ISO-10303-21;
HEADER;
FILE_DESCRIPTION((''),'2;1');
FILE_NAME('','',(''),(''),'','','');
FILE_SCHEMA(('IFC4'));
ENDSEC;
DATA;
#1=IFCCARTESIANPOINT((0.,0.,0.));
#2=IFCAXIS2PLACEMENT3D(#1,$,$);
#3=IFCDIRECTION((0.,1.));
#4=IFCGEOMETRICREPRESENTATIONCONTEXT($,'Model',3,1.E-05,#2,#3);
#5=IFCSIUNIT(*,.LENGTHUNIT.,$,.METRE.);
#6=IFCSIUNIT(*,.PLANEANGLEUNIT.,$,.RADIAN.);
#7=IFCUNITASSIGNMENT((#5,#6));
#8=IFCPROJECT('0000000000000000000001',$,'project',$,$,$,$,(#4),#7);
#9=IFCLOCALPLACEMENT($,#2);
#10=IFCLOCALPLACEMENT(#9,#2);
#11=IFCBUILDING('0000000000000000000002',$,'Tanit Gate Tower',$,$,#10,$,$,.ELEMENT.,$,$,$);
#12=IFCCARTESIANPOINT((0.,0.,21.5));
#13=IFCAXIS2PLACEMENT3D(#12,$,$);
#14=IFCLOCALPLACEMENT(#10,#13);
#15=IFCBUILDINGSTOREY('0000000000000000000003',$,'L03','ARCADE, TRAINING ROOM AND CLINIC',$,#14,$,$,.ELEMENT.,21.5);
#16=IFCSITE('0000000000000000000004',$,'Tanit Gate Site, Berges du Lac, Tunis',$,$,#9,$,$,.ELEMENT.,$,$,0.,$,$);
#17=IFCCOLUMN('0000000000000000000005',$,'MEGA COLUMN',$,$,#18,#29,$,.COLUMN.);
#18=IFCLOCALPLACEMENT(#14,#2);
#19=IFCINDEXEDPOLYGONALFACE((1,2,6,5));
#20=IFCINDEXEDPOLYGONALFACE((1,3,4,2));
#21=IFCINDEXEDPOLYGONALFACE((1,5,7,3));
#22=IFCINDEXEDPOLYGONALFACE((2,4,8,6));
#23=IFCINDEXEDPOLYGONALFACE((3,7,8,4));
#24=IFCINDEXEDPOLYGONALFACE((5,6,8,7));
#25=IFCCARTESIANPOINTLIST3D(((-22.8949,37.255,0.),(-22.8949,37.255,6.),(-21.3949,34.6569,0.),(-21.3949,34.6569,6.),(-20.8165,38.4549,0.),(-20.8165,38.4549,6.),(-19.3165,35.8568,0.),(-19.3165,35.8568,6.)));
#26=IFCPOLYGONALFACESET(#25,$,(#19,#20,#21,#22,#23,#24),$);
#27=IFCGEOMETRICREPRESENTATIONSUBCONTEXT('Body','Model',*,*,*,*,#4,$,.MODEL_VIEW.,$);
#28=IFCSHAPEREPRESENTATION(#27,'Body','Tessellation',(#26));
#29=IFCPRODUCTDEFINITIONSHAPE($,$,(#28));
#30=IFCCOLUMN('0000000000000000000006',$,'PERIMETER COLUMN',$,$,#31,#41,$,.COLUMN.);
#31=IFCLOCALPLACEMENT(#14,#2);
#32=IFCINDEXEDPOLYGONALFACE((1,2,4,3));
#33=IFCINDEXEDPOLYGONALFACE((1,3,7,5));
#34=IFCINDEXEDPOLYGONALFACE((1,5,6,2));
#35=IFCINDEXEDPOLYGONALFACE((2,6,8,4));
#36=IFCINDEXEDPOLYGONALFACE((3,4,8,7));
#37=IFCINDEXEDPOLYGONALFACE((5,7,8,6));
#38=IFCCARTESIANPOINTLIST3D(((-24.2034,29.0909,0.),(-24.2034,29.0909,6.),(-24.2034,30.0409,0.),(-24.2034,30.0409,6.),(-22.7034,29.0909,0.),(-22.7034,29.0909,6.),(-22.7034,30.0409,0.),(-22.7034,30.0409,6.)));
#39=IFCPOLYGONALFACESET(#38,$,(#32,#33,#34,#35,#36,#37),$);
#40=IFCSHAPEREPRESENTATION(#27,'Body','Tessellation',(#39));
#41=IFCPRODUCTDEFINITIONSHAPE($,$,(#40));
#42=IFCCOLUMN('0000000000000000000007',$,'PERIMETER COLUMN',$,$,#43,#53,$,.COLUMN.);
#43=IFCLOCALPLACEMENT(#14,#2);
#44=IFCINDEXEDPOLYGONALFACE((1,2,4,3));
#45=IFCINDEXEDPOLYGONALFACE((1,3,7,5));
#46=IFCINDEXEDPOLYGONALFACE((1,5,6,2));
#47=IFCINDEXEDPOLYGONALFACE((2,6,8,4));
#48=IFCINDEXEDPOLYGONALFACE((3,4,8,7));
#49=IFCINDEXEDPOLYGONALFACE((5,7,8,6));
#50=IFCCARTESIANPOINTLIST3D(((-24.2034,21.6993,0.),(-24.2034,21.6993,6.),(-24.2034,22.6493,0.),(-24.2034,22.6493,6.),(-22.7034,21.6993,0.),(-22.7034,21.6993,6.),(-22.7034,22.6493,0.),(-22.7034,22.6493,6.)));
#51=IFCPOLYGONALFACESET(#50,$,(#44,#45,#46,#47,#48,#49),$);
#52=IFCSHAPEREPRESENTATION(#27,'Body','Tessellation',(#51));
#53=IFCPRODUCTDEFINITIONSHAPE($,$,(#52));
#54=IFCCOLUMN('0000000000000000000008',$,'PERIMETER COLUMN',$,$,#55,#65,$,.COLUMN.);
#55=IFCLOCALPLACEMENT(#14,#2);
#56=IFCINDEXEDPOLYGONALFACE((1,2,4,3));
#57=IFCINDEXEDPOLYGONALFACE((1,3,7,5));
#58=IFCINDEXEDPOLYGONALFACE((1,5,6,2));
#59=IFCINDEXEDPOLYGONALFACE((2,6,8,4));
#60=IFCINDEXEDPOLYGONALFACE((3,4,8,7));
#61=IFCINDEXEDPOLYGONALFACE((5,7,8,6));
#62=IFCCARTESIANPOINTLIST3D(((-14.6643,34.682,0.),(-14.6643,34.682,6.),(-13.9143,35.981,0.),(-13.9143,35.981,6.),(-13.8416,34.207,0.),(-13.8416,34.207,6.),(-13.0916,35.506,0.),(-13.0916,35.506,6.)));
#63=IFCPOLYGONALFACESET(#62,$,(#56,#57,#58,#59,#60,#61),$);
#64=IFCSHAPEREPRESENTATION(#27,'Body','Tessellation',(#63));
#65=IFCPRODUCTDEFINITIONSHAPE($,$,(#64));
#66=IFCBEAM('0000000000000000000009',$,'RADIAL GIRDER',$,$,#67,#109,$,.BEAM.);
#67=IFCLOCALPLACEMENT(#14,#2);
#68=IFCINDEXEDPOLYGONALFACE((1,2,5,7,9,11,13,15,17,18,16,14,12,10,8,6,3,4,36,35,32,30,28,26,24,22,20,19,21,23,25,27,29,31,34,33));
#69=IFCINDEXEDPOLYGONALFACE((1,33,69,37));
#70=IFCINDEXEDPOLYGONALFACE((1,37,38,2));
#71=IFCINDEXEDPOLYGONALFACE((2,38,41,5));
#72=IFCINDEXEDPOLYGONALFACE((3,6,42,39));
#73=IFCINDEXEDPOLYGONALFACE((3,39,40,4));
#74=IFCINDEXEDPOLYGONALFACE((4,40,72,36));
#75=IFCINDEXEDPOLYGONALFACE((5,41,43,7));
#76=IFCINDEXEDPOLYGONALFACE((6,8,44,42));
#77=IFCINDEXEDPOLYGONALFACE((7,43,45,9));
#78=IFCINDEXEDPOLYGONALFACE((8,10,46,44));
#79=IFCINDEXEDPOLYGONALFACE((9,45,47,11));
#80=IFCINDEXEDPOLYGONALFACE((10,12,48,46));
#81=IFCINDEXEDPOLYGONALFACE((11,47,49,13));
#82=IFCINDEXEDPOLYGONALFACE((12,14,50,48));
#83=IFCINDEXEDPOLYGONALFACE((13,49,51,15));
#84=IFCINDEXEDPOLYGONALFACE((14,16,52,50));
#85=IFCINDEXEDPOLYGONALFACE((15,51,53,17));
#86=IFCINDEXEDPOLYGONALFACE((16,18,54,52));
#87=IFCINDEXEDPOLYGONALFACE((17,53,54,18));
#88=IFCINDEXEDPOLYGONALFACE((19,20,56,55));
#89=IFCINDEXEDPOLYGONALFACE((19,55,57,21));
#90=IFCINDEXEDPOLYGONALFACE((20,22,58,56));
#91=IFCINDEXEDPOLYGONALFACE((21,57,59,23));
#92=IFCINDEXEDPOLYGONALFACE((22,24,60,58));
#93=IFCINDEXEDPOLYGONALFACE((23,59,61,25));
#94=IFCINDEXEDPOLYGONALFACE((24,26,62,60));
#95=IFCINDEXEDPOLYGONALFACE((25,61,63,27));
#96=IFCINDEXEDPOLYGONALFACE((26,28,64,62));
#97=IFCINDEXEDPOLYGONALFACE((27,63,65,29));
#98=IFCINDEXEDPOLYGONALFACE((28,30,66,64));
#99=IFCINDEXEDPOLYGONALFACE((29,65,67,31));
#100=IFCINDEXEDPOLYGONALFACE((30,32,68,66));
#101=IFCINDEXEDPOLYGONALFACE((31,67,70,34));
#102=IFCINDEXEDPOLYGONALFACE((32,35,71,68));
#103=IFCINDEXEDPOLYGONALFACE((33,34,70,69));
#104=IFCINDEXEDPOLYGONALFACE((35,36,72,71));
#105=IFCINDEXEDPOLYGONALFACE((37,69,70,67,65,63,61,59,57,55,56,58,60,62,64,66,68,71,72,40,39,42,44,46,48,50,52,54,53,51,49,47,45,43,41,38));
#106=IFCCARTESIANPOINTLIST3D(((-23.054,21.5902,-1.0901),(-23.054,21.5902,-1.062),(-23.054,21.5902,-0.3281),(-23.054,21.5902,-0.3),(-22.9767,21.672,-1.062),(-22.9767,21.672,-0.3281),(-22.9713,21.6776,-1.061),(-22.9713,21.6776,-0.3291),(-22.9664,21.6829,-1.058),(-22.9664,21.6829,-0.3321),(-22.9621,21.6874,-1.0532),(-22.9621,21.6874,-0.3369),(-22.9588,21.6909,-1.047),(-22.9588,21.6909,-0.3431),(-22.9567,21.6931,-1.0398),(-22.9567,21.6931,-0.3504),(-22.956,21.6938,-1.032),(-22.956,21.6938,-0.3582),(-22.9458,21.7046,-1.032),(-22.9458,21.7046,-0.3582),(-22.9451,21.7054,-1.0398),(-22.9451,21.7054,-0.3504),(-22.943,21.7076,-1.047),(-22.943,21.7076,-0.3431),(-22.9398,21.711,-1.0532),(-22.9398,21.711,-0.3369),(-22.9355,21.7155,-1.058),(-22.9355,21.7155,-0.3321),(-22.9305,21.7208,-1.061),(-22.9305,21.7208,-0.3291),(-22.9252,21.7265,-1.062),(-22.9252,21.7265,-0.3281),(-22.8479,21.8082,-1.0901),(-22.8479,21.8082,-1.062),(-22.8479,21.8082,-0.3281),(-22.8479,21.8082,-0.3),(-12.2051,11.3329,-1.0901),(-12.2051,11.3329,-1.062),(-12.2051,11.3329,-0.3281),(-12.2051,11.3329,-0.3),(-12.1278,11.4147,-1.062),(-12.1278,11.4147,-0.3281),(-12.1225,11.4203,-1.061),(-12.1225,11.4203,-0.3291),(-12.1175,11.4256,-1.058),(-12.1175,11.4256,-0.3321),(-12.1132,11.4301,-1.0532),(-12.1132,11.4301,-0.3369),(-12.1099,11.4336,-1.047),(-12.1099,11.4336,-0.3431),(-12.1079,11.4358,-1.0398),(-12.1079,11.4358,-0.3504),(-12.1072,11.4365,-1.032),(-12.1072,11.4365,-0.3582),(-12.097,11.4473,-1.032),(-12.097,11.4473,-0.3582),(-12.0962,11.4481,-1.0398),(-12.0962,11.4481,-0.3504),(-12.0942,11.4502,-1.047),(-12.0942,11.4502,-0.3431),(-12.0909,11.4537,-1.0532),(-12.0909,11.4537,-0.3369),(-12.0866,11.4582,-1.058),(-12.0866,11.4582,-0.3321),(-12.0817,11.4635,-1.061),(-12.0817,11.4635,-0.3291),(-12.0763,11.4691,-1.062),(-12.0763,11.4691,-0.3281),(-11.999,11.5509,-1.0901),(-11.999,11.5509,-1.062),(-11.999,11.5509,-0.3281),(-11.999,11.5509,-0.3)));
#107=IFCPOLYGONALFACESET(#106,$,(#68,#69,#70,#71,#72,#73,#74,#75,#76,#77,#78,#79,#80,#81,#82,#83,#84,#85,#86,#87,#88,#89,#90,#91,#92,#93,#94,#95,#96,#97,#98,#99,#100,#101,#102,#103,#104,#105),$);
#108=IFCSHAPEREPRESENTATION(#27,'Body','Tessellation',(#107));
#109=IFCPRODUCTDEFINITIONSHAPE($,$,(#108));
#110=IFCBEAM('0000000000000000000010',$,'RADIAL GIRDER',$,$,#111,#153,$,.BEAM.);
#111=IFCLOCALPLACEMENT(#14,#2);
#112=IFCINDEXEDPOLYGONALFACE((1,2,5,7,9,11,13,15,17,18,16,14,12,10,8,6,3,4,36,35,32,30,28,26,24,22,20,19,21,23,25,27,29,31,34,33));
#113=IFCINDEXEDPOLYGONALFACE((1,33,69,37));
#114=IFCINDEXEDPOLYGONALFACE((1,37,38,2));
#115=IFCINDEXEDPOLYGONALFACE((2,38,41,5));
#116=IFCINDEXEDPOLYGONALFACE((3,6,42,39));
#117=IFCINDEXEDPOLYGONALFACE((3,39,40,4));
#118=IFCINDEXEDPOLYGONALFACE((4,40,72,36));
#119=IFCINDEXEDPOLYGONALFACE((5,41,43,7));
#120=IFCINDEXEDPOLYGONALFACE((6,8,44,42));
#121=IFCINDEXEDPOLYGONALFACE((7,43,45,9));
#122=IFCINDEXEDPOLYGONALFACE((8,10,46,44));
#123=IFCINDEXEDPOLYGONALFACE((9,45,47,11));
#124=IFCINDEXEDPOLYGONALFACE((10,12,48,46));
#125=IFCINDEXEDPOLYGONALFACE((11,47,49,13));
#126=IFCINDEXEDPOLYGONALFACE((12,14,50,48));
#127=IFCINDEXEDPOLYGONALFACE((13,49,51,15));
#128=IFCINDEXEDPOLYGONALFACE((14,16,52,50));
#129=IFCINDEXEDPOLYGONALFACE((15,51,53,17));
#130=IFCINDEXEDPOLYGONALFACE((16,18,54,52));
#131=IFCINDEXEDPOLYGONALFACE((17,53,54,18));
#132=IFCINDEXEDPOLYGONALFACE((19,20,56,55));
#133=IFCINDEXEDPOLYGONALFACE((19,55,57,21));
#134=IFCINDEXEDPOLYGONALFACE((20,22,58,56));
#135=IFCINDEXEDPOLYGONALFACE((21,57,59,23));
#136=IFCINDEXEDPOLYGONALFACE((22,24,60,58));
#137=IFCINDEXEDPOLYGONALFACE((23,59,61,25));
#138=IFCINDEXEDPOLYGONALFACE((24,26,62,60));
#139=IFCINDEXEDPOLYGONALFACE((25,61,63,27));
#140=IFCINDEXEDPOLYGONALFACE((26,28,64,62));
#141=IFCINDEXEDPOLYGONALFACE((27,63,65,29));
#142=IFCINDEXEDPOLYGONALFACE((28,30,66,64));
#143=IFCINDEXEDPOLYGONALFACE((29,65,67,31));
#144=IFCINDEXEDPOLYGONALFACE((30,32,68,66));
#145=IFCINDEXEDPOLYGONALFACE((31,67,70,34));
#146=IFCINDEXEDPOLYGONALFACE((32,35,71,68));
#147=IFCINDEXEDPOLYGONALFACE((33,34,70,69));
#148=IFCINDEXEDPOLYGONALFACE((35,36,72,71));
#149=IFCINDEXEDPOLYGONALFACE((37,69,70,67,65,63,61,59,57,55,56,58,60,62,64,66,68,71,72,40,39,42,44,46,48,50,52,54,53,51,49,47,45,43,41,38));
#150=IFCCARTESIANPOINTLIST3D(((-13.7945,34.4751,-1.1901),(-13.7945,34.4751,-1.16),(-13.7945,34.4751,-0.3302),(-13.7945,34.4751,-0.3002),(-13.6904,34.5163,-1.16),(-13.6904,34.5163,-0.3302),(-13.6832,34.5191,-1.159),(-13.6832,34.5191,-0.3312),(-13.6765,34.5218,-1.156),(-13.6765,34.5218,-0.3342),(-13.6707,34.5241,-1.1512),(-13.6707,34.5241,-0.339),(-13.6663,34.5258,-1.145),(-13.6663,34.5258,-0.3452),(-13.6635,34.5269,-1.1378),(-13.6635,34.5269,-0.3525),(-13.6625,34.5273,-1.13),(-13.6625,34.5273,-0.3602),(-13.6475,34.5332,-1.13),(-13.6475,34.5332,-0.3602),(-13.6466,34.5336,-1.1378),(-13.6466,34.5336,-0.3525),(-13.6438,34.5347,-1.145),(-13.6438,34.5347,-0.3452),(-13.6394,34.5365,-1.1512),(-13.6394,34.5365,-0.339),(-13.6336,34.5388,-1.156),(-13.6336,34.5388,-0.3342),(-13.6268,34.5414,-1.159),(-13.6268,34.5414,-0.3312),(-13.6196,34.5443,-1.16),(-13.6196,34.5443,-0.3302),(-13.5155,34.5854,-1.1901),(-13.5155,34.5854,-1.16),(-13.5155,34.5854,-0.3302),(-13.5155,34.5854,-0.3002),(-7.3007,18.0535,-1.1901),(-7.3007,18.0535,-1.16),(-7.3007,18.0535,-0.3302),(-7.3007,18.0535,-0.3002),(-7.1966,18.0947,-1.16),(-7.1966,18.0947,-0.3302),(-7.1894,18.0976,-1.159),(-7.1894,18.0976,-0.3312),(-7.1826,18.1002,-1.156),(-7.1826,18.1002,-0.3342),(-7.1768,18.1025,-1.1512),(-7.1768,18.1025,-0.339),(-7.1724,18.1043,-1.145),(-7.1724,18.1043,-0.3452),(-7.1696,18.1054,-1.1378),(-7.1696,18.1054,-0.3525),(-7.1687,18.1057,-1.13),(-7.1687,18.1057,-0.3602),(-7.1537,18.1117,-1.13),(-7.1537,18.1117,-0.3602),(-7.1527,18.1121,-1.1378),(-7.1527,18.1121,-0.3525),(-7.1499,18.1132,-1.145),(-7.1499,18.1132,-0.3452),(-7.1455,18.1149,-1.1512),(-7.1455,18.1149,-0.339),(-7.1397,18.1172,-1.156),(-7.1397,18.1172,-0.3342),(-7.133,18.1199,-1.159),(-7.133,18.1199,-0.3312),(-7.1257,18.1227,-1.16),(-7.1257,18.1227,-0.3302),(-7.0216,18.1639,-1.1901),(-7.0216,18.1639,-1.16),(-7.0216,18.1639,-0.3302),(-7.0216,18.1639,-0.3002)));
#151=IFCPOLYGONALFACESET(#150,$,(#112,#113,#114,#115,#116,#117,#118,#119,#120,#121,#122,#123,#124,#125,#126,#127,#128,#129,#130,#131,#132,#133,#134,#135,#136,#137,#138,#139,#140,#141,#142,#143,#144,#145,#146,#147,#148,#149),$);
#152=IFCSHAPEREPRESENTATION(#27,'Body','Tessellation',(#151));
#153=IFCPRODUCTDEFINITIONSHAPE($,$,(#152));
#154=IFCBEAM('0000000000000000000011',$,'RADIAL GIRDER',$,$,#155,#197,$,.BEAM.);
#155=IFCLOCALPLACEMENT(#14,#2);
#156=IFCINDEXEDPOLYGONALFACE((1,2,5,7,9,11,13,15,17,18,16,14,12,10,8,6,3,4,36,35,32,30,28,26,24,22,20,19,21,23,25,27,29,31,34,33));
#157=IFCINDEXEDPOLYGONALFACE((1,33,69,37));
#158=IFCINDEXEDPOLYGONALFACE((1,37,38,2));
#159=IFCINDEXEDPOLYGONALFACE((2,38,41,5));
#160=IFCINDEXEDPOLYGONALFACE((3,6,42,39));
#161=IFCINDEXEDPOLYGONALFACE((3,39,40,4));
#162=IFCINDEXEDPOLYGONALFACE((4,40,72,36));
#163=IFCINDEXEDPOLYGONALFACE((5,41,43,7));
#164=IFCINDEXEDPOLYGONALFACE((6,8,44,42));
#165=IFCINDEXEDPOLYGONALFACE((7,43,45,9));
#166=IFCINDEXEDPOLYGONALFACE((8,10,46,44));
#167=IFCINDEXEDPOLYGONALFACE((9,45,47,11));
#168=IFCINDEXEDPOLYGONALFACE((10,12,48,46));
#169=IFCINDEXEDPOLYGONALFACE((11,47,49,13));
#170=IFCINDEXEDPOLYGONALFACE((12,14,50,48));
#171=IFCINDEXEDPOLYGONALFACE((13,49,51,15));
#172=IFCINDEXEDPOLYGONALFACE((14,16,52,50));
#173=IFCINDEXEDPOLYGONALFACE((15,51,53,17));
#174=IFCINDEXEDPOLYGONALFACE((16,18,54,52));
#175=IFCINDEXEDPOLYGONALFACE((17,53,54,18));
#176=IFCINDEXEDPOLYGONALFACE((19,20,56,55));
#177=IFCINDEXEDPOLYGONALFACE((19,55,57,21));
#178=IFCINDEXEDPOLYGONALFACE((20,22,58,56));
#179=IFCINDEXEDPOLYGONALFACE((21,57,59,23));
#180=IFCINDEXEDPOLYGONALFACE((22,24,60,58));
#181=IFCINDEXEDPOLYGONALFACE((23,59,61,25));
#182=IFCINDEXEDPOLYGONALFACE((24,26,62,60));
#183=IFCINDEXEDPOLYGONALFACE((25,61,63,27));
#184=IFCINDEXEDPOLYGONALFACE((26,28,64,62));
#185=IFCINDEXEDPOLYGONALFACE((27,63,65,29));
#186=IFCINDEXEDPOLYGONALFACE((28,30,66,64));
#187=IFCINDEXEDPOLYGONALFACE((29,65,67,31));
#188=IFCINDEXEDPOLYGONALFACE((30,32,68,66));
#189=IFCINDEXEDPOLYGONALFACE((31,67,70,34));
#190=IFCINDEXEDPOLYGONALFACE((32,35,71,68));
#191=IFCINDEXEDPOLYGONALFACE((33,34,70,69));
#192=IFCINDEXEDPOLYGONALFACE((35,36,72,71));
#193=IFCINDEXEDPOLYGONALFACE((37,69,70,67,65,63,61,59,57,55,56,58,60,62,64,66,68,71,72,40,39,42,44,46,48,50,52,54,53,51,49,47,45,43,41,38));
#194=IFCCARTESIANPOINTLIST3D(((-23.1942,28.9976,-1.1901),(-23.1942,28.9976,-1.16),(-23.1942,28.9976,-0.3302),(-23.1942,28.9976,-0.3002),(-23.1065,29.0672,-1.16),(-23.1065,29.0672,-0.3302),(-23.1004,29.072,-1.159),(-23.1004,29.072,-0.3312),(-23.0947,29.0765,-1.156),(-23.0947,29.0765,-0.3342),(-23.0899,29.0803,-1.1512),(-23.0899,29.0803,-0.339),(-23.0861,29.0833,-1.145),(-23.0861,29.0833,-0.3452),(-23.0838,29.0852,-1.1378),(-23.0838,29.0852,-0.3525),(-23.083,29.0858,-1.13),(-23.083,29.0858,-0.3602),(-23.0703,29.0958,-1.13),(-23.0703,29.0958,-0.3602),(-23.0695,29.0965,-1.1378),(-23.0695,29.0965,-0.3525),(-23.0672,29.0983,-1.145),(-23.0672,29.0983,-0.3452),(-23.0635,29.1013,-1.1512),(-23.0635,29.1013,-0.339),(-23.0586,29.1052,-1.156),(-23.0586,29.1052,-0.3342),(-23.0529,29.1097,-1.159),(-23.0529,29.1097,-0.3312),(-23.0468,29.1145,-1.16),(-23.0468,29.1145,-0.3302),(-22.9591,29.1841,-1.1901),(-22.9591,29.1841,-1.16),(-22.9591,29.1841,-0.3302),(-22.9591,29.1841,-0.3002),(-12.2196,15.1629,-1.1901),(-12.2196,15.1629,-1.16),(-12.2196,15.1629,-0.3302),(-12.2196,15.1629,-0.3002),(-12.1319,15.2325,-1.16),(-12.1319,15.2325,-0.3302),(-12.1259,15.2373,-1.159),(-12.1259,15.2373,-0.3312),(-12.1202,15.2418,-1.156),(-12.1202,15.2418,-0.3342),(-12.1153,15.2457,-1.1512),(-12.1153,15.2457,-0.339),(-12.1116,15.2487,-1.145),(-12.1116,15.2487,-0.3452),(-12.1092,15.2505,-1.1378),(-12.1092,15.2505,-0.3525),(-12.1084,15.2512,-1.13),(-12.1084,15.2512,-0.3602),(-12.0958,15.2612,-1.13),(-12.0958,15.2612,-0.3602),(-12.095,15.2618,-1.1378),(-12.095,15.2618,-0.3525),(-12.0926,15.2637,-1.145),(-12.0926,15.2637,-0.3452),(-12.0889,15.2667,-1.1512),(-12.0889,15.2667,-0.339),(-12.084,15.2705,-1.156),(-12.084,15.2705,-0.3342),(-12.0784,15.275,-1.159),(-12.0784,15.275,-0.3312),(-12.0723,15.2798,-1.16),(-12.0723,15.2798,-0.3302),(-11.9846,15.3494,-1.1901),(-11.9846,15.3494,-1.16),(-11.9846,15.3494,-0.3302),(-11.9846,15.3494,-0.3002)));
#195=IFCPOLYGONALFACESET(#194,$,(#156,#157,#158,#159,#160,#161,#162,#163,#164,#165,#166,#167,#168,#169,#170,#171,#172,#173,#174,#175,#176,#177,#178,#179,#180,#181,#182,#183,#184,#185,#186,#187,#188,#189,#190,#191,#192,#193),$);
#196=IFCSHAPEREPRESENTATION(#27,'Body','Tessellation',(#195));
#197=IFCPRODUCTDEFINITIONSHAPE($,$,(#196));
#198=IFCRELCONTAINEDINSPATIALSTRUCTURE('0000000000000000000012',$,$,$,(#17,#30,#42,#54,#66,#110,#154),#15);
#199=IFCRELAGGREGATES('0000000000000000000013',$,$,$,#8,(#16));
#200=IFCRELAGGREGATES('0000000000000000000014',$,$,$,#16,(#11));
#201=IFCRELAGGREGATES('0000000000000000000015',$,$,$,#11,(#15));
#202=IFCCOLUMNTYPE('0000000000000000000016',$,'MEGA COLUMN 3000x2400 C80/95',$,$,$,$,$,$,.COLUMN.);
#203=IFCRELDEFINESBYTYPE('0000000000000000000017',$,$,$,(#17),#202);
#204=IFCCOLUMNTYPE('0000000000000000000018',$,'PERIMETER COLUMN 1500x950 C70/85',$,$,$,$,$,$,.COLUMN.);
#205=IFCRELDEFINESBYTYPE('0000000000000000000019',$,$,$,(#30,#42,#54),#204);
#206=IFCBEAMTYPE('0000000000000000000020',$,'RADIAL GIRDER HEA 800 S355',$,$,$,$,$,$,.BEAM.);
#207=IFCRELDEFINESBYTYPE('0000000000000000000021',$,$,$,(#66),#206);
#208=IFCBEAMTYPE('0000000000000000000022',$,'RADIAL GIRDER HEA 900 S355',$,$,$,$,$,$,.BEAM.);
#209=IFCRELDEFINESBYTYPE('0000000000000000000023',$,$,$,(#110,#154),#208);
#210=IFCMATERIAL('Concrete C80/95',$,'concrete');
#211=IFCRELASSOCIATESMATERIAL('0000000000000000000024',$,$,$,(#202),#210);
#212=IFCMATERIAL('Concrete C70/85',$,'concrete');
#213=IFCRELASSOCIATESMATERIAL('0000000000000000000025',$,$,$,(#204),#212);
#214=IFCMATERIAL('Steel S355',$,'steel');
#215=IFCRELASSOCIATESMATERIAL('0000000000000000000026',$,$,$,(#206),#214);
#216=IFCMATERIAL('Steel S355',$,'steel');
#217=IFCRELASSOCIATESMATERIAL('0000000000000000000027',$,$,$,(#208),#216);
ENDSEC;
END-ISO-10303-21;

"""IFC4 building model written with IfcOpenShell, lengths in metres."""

from ifc_helpers import new_model, si_unit, direction, frame, origin, origin_2d, place, context, subcontext, project, spatial, rectangle, i_section, extrude, material, material_profile, profile_set, type_object, element, save


model = new_model("IFC4")

# Units and contexts
model_context = context("Model", 3, precision=1e-05, world=origin(), true_north=direction((0.0, 1.0)))
body_context = subcontext(model_context, "Body", "Model", "MODEL_VIEW")
ifc_project = project(units=[si_unit("LENGTHUNIT", "METRE"), si_unit("PLANEANGLEUNIT", "RADIAN")], contexts=[model_context])

# Site, building, storey
site_placement = place(None, origin())
site = spatial("IfcSite", under=ifc_project, at=site_placement, Name="Tanit Gate Site, Berges du Lac, Tunis", CompositionType="ELEMENT", RefElevation=0.0)
building_placement = place(site_placement, origin())
building = spatial("IfcBuilding", under=site, at=building_placement, Name="Tanit Gate Tower", CompositionType="ELEMENT")
storey_placement = place(building_placement, frame((0.0, 0.0, 21.5)))
storey = spatial("IfcBuildingStorey", under=building, at=storey_placement, Name="L03", Description="ARCADE, TRAINING ROOM AND CLINIC", CompositionType="ELEMENT", Elevation=21.5)

# Columns
ifc_material_1 = material(Name="Concrete C80/95", Category="concrete")
ifc_material_profile_1 = material_profile(ifc_material_1, rectangle(XDim=3.0, YDim=2.3999, at=origin_2d()), Name="RC 3000x2400")
ifc_profile_set_1 = profile_set([ifc_material_profile_1], Name="Concrete C80/95")
column_type_1 = type_object("IfcColumnType", Name="MEGA COLUMN 3000x2400 C80/95", PredefinedType="COLUMN", material=ifc_profile_set_1)
column_placement = place(storey_placement, frame((-21.1057, 36.5559, 0.0), z_axis=(0.0, 0.0, 1.0), x_axis=(-0.5, 0.866025, 0.0)))
element("IfcColumn", 1, at=column_placement, inside=storey, type_object=column_type_1, Name="MEGA COLUMN", PredefinedType="COLUMN", context=body_context, shape_type="SweptSolid", body=[
    extrude(rectangle(XDim=3.0, YDim=2.3999, at=origin_2d()), origin(), (0.0, 0.0, 1.0), 6.0),
])
ifc_material_2 = material(Name="Concrete C70/85", Category="concrete")
ifc_material_profile_2 = material_profile(ifc_material_2, rectangle(XDim=1.5, YDim=0.95, at=origin_2d()), Name="RC 1500x950")
ifc_profile_set_2 = profile_set([ifc_material_profile_2], Name="Concrete C70/85")
column_type_2 = type_object("IfcColumnType", Name="PERIMETER COLUMN 1500x950 C70/85", PredefinedType="COLUMN", material=ifc_profile_set_2)
for number, where, z_axis, x_axis, name in (
    (2, (-23.4534, 29.5659, 0.0), (0.0, 0.0, 1.0), (-1.0, 0.0, 0.0), "PERIMETER COLUMN"),
    (3, (-23.4534, 22.1743, 0.0), (0.0, 0.0, 1.0), (-1.0, 0.0, 0.0), "PERIMETER COLUMN"),
    (4, (-13.8779, 35.094, 0.0), (0.0, 0.0, 1.0), (0.5, 0.866025, 0.0), "PERIMETER COLUMN"),
):
    element("IfcColumn", number, at=place(storey_placement, frame(where, z_axis=z_axis, x_axis=x_axis)), inside=storey, type_object=column_type_2, Name=name, PredefinedType="COLUMN", context=body_context, shape_type="SweptSolid", body=[
        extrude(rectangle(XDim=1.5, YDim=0.95, at=origin_2d()), origin(), (0.0, 0.0, 1.0), 6.0),
    ])

# Beams
ifc_material_3 = material(Name="Steel S355", Category="steel")
ifc_material_profile_3 = material_profile(ifc_material_3, i_section(OverallWidth=0.3, OverallDepth=0.79, WebThickness=0.0149, FlangeThickness=0.0281, FilletRadius=0.03, at=origin_2d()), Name="HEA 800")
ifc_profile_set_3 = profile_set([ifc_material_profile_3], Name="Steel S355")
beam_type_1 = type_object("IfcBeamType", Name="RADIAL GIRDER HEA 800 S355", PredefinedType="BEAM", material=ifc_profile_set_3)
beam_1_placement = place(storey_placement, frame((-22.9509, 21.6992, -0.6951), z_axis=(0.72664, -0.687019, 0.0), x_axis=(0.687019, 0.72664, 0.0)))
element("IfcBeam", 5, at=beam_1_placement, inside=storey, type_object=beam_type_1, Name="RADIAL GIRDER", PredefinedType="BEAM", context=body_context, shape_type="SweptSolid", body=[
    extrude(i_section(OverallWidth=0.3, OverallDepth=0.79, WebThickness=0.0149, FlangeThickness=0.0281, FilletRadius=0.03, at=origin_2d()), origin(), (0.0, 0.0, 1.0), 14.9302),
])
ifc_material_4 = material(Name="Steel S355", Category="steel")
ifc_material_profile_4 = material_profile(ifc_material_4, i_section(OverallWidth=0.3, OverallDepth=0.8899, WebThickness=0.0161, FlangeThickness=0.03, FilletRadius=0.03, at=origin_2d()), Name="HEA 900")
ifc_profile_set_4 = profile_set([ifc_material_profile_4], Name="Steel S355")
beam_type_2 = type_object("IfcBeamType", Name="RADIAL GIRDER HEA 900 S355", PredefinedType="BEAM", material=ifc_profile_set_4)
for number, where, z_axis, x_axis, name in (
    (6, (-13.655, 34.5303, -0.7451), (0.367738, -0.929929, 0.0), (0.929929, 0.367738, 0.0), "RADIAL GIRDER"),
    (7, (-23.0767, 29.0908, -0.7451), (0.621473, -0.783436, 0.0), (0.783436, 0.621473, 0.0), "RADIAL GIRDER"),
):
    element("IfcBeam", number, at=place(storey_placement, frame(where, z_axis=z_axis, x_axis=x_axis)), inside=storey, type_object=beam_type_2, Name=name, PredefinedType="BEAM", context=body_context, shape_type="SweptSolid", body=[
        extrude(i_section(OverallWidth=0.3, OverallDepth=0.8899, WebThickness=0.0161, FlangeThickness=0.03, FilletRadius=0.03, at=origin_2d()), origin(), (0.0, 0.0, 1.0), 17.6589),
    ])

save(model, "model.ifc")
